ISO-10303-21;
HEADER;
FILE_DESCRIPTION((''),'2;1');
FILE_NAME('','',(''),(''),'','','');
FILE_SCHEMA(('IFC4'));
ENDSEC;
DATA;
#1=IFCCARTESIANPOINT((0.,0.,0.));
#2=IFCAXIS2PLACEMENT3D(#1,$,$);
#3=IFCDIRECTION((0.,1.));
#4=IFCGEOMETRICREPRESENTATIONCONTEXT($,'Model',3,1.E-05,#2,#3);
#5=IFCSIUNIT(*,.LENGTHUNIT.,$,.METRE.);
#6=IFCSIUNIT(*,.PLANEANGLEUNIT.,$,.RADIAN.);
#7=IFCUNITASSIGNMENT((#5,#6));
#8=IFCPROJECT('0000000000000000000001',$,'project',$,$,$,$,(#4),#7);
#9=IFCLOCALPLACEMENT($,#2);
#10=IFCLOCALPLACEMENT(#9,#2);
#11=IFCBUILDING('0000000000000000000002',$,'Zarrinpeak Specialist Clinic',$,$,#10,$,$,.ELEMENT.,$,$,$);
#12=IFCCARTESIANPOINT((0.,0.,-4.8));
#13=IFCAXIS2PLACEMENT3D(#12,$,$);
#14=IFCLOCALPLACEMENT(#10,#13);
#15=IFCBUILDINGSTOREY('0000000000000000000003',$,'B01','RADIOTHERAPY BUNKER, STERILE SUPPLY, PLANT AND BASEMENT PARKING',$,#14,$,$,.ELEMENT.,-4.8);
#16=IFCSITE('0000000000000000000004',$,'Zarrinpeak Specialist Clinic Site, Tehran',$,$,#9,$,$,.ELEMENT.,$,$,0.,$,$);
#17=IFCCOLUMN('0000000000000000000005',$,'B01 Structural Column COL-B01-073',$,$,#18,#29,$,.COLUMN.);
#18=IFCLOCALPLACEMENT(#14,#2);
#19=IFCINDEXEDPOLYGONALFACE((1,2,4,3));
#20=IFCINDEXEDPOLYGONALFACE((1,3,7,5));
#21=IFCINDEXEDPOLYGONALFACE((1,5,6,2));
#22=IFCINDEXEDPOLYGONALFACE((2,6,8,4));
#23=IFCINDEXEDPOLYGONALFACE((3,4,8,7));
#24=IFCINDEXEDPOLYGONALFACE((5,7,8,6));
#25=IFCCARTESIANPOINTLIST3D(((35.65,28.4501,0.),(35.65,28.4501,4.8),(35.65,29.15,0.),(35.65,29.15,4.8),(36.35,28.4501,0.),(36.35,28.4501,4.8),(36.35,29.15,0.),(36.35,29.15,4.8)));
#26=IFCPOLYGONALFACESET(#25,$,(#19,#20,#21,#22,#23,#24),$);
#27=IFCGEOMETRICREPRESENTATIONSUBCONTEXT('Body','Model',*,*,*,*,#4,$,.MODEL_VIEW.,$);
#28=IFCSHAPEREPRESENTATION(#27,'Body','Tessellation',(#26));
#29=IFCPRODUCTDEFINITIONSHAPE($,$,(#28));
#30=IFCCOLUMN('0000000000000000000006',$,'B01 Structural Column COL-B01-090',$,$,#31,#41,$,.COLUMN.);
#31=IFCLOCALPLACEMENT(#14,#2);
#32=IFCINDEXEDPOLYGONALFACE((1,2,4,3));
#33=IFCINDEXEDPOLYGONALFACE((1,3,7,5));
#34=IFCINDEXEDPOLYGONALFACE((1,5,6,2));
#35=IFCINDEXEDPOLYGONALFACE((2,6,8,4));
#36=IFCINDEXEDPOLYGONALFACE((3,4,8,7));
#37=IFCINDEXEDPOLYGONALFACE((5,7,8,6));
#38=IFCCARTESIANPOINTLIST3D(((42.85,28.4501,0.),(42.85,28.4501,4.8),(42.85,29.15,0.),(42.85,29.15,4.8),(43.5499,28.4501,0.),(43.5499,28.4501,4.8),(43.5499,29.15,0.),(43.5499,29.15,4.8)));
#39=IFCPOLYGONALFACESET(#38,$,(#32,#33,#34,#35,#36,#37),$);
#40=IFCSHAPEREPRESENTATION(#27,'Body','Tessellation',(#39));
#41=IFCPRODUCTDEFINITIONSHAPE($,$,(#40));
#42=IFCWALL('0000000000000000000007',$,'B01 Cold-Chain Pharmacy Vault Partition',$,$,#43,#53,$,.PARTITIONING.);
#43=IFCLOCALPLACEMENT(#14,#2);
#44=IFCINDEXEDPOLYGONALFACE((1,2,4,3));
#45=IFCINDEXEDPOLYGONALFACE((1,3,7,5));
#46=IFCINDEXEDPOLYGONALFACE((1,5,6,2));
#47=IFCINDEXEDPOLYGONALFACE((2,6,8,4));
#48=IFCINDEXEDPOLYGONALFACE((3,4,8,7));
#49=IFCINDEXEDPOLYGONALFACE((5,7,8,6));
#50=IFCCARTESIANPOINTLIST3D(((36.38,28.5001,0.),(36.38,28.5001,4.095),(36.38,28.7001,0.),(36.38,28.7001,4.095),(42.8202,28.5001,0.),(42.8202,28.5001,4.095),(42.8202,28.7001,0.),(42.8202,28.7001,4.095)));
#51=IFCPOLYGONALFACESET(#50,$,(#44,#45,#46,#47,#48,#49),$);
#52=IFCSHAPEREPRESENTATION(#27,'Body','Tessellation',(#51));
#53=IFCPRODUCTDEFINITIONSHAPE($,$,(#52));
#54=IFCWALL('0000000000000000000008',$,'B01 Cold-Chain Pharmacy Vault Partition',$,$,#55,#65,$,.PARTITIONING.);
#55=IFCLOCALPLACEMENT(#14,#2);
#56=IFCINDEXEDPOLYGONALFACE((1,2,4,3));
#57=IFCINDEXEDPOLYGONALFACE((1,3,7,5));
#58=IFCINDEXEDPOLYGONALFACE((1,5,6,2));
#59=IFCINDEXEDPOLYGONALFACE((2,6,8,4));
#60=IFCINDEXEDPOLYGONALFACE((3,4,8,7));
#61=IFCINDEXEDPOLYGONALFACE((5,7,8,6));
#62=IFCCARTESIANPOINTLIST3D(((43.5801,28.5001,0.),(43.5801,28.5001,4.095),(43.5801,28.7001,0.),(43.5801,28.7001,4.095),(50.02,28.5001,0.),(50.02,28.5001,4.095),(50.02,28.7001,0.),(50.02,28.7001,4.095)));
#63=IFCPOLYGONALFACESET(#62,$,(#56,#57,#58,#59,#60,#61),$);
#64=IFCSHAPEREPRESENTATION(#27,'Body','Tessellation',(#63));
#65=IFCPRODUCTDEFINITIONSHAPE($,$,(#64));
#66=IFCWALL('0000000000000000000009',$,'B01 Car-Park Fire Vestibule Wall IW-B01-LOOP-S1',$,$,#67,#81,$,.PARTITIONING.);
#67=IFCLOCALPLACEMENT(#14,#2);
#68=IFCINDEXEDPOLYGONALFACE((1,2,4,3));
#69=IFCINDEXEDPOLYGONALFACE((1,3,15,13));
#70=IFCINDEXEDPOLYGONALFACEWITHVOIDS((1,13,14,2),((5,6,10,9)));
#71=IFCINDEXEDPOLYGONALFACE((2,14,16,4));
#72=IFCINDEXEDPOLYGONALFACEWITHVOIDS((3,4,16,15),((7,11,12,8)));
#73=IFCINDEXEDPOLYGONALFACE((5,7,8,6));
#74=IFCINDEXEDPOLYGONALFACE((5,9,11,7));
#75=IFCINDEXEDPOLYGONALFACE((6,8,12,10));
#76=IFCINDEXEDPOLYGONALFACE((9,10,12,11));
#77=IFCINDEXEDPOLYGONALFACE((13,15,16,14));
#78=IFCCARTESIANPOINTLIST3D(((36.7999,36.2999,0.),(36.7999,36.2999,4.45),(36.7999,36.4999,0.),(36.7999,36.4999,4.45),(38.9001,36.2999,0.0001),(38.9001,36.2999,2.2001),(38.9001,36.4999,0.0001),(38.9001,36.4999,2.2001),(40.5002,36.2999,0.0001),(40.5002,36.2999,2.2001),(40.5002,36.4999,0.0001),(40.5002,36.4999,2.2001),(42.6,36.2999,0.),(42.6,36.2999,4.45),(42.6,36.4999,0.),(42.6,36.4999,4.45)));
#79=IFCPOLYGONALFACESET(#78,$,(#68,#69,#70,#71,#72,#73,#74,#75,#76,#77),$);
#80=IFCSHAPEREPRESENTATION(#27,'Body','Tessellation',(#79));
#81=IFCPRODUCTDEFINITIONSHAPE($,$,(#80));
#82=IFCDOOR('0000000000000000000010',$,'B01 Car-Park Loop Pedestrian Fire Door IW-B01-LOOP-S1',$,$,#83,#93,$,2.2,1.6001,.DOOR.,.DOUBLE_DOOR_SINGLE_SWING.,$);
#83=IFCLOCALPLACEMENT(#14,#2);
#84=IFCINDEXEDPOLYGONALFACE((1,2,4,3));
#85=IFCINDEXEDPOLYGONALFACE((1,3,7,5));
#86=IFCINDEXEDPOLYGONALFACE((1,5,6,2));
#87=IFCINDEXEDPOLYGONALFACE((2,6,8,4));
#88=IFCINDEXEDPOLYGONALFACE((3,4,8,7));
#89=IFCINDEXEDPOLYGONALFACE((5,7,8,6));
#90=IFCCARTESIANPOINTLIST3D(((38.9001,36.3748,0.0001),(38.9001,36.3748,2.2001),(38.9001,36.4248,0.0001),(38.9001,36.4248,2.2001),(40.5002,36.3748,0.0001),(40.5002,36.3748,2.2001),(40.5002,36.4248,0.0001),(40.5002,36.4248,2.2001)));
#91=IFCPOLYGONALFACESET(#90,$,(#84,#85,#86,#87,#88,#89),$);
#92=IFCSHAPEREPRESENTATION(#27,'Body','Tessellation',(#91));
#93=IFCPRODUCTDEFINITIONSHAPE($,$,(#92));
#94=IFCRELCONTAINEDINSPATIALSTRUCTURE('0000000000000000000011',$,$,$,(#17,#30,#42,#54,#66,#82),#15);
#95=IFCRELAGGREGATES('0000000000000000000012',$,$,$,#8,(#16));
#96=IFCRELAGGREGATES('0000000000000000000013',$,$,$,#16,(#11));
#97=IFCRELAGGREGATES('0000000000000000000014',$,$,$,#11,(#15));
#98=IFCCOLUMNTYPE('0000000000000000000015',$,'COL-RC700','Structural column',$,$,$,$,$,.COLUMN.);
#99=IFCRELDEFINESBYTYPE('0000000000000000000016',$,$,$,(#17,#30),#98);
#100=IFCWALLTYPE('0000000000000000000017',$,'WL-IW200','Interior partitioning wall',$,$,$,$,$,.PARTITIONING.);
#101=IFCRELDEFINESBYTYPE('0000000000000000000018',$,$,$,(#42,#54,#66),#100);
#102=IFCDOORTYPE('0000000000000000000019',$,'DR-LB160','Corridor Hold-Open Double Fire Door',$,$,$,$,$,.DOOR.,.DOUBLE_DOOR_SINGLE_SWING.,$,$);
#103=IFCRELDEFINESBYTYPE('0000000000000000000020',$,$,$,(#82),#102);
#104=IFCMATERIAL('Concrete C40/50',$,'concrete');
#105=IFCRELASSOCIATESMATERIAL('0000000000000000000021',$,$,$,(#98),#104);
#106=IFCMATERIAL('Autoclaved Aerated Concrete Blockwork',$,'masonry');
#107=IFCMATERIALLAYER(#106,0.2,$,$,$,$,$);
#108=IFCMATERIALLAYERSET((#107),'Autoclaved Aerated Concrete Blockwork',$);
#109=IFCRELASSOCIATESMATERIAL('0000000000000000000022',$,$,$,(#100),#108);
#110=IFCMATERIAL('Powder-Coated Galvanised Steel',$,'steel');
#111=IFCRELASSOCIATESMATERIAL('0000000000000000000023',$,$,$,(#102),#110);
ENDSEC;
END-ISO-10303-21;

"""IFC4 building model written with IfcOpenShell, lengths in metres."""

from ifc_helpers import new_model, si_unit, direction, frame, frame_2d, origin, origin_2d, place, context, subcontext, project, spatial, rectangle, extrude, material, layer, layer_set, material_profile, profile_set, type_object, element, fill, save


model = new_model("IFC4")

# Units and contexts
model_context = context("Model", 3, precision=1e-05, world=origin(), true_north=direction((0.0, 1.0)))
body_context = subcontext(model_context, "Body", "Model", "MODEL_VIEW")
ifc_project = project(units=[si_unit("LENGTHUNIT", "METRE"), si_unit("PLANEANGLEUNIT", "RADIAN")], contexts=[model_context])

# Site, building, storey
site_placement = place(None, origin())
site = spatial("IfcSite", under=ifc_project, at=site_placement, Name="Zarrinpeak Specialist Clinic Site, Tehran", CompositionType="ELEMENT", RefElevation=0.0)
building_placement = place(site_placement, origin())
building = spatial("IfcBuilding", under=site, at=building_placement, Name="Zarrinpeak Specialist Clinic", CompositionType="ELEMENT")
storey_placement = place(building_placement, frame((0.0, 0.0, -4.8)))
storey = spatial("IfcBuildingStorey", under=building, at=storey_placement, Name="B01", Description="RADIOTHERAPY BUNKER, STERILE SUPPLY, PLANT AND BASEMENT PARKING", CompositionType="ELEMENT", Elevation=-4.8)

# Shared definitions
ifc_material_1 = material(Name="Concrete C40/50", Category="concrete")

# Columns
ifc_material_profile_1 = material_profile(ifc_material_1, rectangle(XDim=0.7, YDim=0.7, at=origin_2d()), Name="RC 700x700")
ifc_profile_set_1 = profile_set([ifc_material_profile_1], Name="Concrete C40/50")
column_type_1 = type_object("IfcColumnType", Name="COL-RC700", Description="Structural column", PredefinedType="COLUMN", material=ifc_profile_set_1)
for number, where, z_axis, x_axis, name in (
    (1, (36.0, 28.8, 0.0), (0.0, 0.0, 1.0), (1.0, 0.0, 0.0), "B01 Structural Column COL-B01-073"),
    (2, (43.2, 28.8, 0.0), (0.0, 0.0, 1.0), (1.0, 0.0, 0.0), "B01 Structural Column COL-B01-090"),
):
    element("IfcColumn", number, at=place(storey_placement, frame(where, z_axis=z_axis, x_axis=x_axis)), inside=storey, type_object=column_type_1, Name=name, PredefinedType="COLUMN", context=body_context, shape_type="SweptSolid", body=[
        extrude(rectangle(XDim=0.7, YDim=0.7, at=origin_2d()), origin(), (0.0, 0.0, 1.0), 4.8),
    ])

# Walls
ifc_material_2 = material(Name="Autoclaved Aerated Concrete Blockwork", Category="masonry")
ifc_layer = layer(ifc_material_2, 0.2)
ifc_layer_set = layer_set([ifc_layer], Name="Autoclaved Aerated Concrete Blockwork")
wall_type = type_object("IfcWallType", Name="WL-IW200", Description="Interior partitioning wall", PredefinedType="PARTITIONING", material=ifc_layer_set)
wall_1_placement = place(storey_placement, frame((36.3799, 28.6001, 0.0), z_axis=(0.0, 0.0, 1.0), x_axis=(1.0, 0.0, 0.0)))
element("IfcWall", 3, at=wall_1_placement, inside=storey, type_object=wall_type, Name="B01 Cold-Chain Pharmacy Vault Partition", PredefinedType="PARTITIONING", context=body_context, shape_type="SweptSolid", body=[
    extrude(rectangle(XDim=6.4402, YDim=0.2, at=frame_2d((3.2202, 0.0))), origin(), (0.0, 0.0, 1.0), 4.095),
])
wall_2_placement = place(storey_placement, frame((43.5801, 28.6001, 0.0), z_axis=(0.0, 0.0, 1.0), x_axis=(1.0, 0.0, 0.0)))
element("IfcWall", 4, at=wall_2_placement, inside=storey, type_object=wall_type, Name="B01 Cold-Chain Pharmacy Vault Partition", PredefinedType="PARTITIONING", context=body_context, shape_type="SweptSolid", body=[
    extrude(rectangle(XDim=6.4399, YDim=0.2, at=frame_2d((3.22, 0.0))), origin(), (0.0, 0.0, 1.0), 4.095),
])

# Wall, opening, door
wall_3_placement = place(storey_placement, frame((36.8, 36.3999, 0.0), z_axis=(0.0, 0.0, 1.0), x_axis=(1.0, 0.0, 0.0)))
wall_3 = element("IfcWall", 5, at=wall_3_placement, inside=storey, type_object=wall_type, Name="B01 Car-Park Fire Vestibule Wall IW-B01-LOOP-S1", PredefinedType="PARTITIONING", context=body_context, shape_type="SweptSolid", body=[
    extrude(rectangle(XDim=5.8, YDim=0.2, at=frame_2d((2.8999, 0.0))), origin(), (0.0, 0.0, 1.0), 4.45),
])
opening_placement = place(wall_3_placement, frame((2.1001, 0.0, 0.0)))
opening = element("IfcOpeningElement", 6, at=opening_placement, cuts=wall_3, PredefinedType="OPENING", context=body_context, shape_type="SweptSolid", body=[
    extrude(rectangle(XDim=1.6001, YDim=2.2, at=frame_2d((0.8, 1.1001))), frame((0.0, 0.1099, 0.0), z_axis=(0.0, -1.0, 0.0), x_axis=(1.0, 0.0, 0.0)), (0.0, 0.0, 1.0), 0.22),
])
ifc_material_3 = material(Name="Powder-Coated Galvanised Steel", Category="steel")
door_type = type_object("IfcDoorType", Name="DR-LB160", Description="Corridor Hold-Open Double Fire Door", OperationType="DOUBLE_DOOR_SINGLE_SWING", PredefinedType="DOOR", material=ifc_material_3)
door_placement = place(opening_placement, origin())
door = element("IfcDoor", 7, at=door_placement, inside=storey, type_object=door_type, Name="B01 Car-Park Loop Pedestrian Fire Door IW-B01-LOOP-S1", OperationType="DOUBLE_DOOR_SINGLE_SWING", OverallHeight=2.2, OverallWidth=1.6001, PredefinedType="DOOR", context=body_context, shape_type="SweptSolid", body=[
    extrude(rectangle(XDim=1.6001, YDim=2.2, at=frame_2d((0.8, 1.1001))), frame((0.0, 0.0249, 0.0), z_axis=(0.0, -1.0, 0.0), x_axis=(1.0, 0.0, 0.0)), (0.0, 0.0, 1.0), 0.05),
])
fill(opening, door)

save(model, "model.ifc")
